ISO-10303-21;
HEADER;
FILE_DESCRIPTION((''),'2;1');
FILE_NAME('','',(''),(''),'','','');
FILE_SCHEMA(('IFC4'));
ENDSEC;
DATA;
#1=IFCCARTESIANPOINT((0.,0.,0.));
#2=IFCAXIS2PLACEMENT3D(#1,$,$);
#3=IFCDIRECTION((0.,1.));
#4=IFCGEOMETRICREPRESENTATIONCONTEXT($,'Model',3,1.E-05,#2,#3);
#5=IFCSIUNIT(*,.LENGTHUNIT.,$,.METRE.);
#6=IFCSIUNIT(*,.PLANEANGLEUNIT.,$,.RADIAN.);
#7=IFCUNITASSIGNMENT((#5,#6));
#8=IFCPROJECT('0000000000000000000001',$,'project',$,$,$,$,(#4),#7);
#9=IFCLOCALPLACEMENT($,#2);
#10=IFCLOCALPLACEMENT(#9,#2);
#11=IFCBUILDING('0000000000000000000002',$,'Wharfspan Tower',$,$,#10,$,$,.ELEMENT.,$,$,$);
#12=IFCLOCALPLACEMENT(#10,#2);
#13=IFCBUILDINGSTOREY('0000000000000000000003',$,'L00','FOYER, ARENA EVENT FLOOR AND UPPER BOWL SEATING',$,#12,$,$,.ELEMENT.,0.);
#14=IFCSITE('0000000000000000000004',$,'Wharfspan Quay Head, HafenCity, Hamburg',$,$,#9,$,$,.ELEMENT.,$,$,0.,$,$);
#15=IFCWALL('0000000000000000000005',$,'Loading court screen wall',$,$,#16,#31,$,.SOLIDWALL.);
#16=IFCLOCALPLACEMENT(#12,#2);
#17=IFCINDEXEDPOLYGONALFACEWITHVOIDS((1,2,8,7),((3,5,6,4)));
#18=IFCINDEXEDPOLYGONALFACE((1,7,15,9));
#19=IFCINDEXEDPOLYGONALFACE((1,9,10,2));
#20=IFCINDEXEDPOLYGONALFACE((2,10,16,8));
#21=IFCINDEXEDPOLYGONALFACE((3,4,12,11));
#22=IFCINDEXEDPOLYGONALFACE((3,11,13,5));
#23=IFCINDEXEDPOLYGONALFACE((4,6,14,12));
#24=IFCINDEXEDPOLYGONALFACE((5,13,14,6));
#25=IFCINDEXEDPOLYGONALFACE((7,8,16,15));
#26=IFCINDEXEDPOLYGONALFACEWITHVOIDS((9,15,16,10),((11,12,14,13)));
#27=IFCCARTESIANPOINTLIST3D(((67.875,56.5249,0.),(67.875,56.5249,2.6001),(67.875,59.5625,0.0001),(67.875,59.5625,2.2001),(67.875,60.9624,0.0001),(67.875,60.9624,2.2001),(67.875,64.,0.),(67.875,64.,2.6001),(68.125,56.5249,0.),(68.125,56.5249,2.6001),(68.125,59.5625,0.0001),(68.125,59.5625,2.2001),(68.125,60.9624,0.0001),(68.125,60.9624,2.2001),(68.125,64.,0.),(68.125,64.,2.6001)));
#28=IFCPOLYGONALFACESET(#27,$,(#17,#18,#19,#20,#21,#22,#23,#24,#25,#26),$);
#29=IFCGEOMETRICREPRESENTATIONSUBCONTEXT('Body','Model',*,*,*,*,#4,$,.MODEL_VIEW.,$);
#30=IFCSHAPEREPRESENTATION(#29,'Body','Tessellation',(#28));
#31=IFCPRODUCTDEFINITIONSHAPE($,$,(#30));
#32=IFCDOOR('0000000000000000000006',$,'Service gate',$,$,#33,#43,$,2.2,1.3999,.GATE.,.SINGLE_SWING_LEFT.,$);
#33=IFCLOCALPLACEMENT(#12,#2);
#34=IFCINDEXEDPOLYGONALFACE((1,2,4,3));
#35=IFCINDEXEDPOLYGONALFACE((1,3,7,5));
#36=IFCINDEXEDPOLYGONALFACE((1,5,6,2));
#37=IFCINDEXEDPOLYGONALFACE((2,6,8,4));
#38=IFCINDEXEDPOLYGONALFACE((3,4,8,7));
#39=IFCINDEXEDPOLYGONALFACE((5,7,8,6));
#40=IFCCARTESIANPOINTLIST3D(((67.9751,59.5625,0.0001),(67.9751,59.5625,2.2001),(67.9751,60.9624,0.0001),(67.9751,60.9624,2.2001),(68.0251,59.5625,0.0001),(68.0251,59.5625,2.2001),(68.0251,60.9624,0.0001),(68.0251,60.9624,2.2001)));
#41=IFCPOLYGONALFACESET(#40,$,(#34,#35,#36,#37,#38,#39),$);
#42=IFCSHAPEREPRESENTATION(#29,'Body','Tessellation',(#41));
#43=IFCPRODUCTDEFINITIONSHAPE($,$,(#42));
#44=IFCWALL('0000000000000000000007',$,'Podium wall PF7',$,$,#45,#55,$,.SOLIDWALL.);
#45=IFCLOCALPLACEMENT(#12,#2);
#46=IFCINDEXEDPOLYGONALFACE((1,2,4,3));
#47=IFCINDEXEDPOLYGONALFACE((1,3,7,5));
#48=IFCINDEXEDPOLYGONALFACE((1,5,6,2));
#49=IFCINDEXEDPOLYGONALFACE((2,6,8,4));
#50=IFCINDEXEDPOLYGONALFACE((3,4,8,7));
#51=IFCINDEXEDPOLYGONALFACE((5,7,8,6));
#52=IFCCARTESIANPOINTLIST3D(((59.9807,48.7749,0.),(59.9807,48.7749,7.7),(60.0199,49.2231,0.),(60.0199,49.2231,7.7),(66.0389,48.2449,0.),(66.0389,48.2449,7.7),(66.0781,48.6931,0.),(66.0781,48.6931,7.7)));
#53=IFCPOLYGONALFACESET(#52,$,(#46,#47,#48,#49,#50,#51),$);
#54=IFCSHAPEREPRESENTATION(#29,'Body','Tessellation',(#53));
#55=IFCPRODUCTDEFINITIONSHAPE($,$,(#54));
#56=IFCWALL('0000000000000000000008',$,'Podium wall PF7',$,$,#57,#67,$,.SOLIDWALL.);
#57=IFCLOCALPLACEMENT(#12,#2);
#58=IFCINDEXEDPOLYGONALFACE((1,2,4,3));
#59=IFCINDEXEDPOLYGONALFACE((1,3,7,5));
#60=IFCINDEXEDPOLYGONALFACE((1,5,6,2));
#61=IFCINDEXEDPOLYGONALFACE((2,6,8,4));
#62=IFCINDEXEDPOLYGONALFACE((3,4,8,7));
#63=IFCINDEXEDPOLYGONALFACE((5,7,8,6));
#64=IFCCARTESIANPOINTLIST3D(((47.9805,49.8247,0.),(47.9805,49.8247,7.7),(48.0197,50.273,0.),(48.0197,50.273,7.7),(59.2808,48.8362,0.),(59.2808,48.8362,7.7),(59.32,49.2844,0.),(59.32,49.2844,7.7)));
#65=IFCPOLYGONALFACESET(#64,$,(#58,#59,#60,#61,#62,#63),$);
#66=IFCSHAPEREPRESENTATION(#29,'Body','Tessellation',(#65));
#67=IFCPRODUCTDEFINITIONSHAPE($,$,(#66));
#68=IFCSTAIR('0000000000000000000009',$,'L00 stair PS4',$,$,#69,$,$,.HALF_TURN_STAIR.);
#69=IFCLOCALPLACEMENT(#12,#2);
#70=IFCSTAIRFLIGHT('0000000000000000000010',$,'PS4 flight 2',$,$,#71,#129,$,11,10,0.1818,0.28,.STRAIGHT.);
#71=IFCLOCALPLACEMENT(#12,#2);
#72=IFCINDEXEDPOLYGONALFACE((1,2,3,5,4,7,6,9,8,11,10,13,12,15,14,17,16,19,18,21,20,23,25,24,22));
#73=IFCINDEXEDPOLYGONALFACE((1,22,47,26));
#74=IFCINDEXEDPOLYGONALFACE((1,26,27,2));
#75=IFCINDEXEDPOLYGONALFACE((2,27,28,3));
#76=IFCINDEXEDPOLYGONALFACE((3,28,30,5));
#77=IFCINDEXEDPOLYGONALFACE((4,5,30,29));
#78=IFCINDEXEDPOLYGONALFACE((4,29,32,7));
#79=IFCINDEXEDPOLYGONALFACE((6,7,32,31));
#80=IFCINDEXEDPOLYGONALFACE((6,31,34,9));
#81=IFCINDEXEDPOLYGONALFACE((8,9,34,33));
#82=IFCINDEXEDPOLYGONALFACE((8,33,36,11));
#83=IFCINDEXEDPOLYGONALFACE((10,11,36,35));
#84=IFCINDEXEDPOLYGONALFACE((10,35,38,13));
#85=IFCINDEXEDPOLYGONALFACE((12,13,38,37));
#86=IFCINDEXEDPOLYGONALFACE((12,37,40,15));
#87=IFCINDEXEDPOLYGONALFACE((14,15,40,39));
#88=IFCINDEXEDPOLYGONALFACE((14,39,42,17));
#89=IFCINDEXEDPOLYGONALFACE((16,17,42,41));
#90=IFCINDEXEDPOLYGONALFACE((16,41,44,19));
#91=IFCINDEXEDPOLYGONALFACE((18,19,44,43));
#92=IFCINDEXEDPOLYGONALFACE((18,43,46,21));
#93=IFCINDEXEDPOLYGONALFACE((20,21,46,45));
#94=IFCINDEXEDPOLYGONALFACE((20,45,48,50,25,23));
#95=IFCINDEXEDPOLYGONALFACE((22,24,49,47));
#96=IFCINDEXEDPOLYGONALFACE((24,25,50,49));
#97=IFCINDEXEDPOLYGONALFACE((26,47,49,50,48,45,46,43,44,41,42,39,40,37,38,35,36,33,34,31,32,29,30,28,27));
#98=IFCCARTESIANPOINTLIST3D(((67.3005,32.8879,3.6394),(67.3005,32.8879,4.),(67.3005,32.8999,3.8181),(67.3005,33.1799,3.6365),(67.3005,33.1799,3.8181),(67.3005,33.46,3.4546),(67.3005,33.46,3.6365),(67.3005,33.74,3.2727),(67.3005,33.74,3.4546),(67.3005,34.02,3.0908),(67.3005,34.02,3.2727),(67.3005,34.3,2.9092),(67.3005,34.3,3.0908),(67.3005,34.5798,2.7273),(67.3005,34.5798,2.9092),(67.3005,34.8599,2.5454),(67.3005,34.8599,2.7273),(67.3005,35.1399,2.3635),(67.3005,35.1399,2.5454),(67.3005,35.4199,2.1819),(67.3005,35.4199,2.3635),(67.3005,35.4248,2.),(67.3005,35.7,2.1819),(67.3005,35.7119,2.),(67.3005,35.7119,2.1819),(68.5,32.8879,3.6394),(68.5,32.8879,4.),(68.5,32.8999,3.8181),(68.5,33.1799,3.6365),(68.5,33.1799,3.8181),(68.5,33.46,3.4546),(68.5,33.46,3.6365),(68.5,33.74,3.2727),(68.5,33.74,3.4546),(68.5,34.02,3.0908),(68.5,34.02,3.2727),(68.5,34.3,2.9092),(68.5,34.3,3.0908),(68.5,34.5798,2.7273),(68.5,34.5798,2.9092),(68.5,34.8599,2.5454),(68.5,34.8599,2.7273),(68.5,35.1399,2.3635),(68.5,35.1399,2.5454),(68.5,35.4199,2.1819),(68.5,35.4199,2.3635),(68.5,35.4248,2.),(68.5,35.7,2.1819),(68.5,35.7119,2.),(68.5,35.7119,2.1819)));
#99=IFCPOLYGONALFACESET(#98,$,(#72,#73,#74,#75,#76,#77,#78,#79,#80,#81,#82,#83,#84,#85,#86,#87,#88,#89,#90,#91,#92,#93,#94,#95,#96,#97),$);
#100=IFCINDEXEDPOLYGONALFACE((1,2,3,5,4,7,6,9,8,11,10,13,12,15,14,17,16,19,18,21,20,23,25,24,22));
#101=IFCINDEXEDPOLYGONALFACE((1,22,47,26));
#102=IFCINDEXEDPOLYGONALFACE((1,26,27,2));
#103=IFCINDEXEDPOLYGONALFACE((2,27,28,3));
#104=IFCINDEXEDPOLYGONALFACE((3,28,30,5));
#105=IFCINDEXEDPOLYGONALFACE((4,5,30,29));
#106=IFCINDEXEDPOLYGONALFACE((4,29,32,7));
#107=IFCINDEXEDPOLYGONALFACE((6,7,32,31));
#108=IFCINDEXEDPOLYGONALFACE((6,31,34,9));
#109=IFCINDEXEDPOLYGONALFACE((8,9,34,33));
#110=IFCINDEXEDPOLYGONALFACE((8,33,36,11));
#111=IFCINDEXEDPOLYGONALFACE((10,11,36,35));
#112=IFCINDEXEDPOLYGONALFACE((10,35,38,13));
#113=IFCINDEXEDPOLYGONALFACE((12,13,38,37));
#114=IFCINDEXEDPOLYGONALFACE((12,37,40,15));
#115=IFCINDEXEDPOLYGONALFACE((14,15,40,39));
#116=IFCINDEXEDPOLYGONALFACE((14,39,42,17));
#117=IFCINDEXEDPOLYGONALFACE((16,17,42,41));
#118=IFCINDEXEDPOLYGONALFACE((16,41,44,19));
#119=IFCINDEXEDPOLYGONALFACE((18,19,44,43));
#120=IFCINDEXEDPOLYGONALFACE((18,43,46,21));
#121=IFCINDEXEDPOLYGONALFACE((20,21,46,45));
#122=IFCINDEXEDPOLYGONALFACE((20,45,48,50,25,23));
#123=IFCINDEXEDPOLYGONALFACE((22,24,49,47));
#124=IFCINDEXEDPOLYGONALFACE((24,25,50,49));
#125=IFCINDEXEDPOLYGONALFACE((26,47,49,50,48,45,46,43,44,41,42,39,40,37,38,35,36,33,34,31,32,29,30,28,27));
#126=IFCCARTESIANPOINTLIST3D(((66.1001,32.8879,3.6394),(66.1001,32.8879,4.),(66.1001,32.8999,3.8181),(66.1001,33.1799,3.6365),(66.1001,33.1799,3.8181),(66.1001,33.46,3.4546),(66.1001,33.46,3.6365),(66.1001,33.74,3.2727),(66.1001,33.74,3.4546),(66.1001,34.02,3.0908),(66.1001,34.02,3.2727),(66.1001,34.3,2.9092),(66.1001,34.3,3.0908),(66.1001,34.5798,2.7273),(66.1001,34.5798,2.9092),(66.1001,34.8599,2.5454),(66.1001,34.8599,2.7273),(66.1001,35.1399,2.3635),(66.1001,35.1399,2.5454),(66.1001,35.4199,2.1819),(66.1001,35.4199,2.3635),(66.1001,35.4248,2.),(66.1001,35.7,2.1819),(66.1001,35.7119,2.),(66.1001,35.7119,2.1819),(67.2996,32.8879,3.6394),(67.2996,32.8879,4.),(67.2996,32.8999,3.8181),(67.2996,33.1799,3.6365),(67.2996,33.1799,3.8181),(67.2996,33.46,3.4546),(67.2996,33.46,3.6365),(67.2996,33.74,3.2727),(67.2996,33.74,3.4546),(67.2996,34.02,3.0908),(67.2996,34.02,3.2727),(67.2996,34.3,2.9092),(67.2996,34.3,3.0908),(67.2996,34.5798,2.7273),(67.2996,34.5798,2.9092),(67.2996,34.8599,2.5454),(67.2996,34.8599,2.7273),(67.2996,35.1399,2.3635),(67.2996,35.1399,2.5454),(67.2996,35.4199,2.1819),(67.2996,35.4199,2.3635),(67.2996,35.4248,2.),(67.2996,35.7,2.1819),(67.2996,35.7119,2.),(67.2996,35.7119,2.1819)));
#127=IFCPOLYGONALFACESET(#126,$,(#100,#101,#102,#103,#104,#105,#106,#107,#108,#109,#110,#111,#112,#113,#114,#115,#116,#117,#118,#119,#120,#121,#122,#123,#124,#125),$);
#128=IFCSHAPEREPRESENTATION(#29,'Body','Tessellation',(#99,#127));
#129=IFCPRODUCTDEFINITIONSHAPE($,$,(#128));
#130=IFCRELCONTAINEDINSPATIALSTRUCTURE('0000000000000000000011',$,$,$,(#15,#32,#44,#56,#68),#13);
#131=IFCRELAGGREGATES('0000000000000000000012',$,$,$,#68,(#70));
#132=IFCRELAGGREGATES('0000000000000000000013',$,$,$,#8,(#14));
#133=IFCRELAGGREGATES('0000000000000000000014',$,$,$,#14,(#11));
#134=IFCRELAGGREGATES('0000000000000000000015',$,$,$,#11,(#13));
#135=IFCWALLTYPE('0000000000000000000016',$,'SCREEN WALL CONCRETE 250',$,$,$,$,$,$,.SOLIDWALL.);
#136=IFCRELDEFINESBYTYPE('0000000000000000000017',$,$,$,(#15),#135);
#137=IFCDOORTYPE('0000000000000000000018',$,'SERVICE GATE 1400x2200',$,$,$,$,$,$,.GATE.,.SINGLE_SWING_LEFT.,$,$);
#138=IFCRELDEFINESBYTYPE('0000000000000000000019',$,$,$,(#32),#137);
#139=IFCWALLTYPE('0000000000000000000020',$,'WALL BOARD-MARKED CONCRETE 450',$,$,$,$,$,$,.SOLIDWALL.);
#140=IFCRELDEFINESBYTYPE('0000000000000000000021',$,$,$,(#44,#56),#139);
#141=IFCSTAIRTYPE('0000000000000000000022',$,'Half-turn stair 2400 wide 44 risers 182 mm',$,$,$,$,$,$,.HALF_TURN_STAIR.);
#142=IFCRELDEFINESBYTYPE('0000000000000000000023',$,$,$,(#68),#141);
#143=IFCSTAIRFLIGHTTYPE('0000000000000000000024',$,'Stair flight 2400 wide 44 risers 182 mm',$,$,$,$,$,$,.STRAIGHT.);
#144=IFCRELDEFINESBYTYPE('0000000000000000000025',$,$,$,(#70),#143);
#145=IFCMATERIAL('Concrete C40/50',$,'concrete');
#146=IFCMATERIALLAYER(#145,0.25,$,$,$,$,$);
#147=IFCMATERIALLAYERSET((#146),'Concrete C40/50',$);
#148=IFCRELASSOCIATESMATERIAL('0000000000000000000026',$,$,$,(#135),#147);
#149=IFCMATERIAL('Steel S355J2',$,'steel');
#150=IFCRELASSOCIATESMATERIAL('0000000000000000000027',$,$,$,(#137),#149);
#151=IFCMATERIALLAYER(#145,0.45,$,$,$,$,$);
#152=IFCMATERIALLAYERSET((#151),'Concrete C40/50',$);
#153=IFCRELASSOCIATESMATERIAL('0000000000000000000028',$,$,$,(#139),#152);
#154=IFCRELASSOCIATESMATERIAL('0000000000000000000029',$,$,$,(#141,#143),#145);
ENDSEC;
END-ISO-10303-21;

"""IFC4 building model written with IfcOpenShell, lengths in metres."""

from ifc_helpers import new_model, si_unit, direction, frame, frame_2d, origin, place, context, subcontext, project, spatial, polyline, rectangle, outline, extrude, material, layer, layer_set, type_object, element, fill, aggregate, save


model = new_model("IFC4")

# Units and contexts
model_context = context("Model", 3, precision=1e-05, world=origin(), true_north=direction((0.0, 1.0)))
body_context = subcontext(model_context, "Body", "Model", "MODEL_VIEW")
ifc_project = project(units=[si_unit("LENGTHUNIT", "METRE"), si_unit("PLANEANGLEUNIT", "RADIAN")], contexts=[model_context])

# Site, building, storey
site_placement = place(None, origin())
site = spatial("IfcSite", under=ifc_project, at=site_placement, Name="Wharfspan Quay Head, HafenCity, Hamburg", CompositionType="ELEMENT", RefElevation=0.0)
building_placement = place(site_placement, origin())
building = spatial("IfcBuilding", under=site, at=building_placement, Name="Wharfspan Tower", CompositionType="ELEMENT")
storey_placement = place(building_placement, origin())
storey = spatial("IfcBuildingStorey", under=building, at=storey_placement, Name="L00", Description="FOYER, ARENA EVENT FLOOR AND UPPER BOWL SEATING", CompositionType="ELEMENT", Elevation=0.0)

# Shared definitions
ifc_material_1 = material(Name="Steel S355J2", Category="steel")

# Shared definitions
ifc_material_2 = material(Name="Concrete C40/50", Category="concrete")

# Shared definitions
ifc_layer_1 = layer(ifc_material_2, 0.25)
ifc_layer_set_1 = layer_set([ifc_layer_1], Name="Concrete C40/50")
wall_type_1 = type_object("IfcWallType", Name="SCREEN WALL CONCRETE 250", PredefinedType="SOLIDWALL", material=ifc_layer_set_1)
door_type_1 = type_object("IfcDoorType", Name="SERVICE GATE 1400x2200", OperationType="SINGLE_SWING_LEFT", PredefinedType="GATE", material=ifc_material_1)

# Wall, opening, door
wall_1_placement = place(storey_placement, frame((68.0, 56.5249, 0.0), z_axis=(0.0, 0.0, 1.0), x_axis=(0.0, 1.0, 0.0)))
wall_1 = element("IfcWall", 1, at=wall_1_placement, inside=storey, type_object=wall_type_1, Name="Loading court screen wall", PredefinedType="SOLIDWALL", context=body_context, shape_type="SweptSolid", body=[
    extrude(rectangle(XDim=7.4751, YDim=0.25, at=frame_2d((3.7375, 0.0))), origin(), (0.0, 0.0, 1.0), 2.6001),
])
opening_1_placement = place(wall_1_placement, frame((3.0376, 0.0, 0.0)))
opening_1 = element("IfcOpeningElement", 2, at=opening_1_placement, cuts=wall_1, PredefinedType="OPENING", context=body_context, shape_type="SweptSolid", body=[
    extrude(rectangle(XDim=1.3999, YDim=2.2, at=frame_2d((0.7, 1.1001))), frame((0.0, 0.135, 0.0), z_axis=(0.0, -1.0, 0.0), x_axis=(1.0, 0.0, 0.0)), (0.0, 0.0, 1.0), 0.27),
])
door_1_placement = place(opening_1_placement, origin())
door_1 = element("IfcDoor", 3, at=door_1_placement, inside=storey, type_object=door_type_1, Name="Service gate", OperationType="SINGLE_SWING_LEFT", OverallHeight=2.2, OverallWidth=1.3999, PredefinedType="GATE", context=body_context, shape_type="SweptSolid", body=[
    extrude(rectangle(XDim=1.3999, YDim=2.2, at=frame_2d((0.7, 1.1001))), frame((0.0, 0.0249, 0.0), z_axis=(0.0, -1.0, 0.0), x_axis=(1.0, 0.0, 0.0)), (0.0, 0.0, 1.0), 0.05),
])
fill(opening_1, door_1)

# Shared definitions
ifc_layer_2 = layer(ifc_material_2, 0.45)
ifc_layer_set_2 = layer_set([ifc_layer_2], Name="Concrete C40/50")
wall_type_2 = type_object("IfcWallType", Name="WALL BOARD-MARKED CONCRETE 450", PredefinedType="SOLIDWALL", material=ifc_layer_set_2)

# Walls
wall_2_placement = place(storey_placement, frame((66.0584, 48.469, 0.0), z_axis=(0.0, 0.0, 1.0), x_axis=(-0.996195, 0.087158, 0.0)))
element("IfcWall", 4, at=wall_2_placement, inside=storey, type_object=wall_type_2, Name="Podium wall PF7", PredefinedType="SOLIDWALL", context=body_context, shape_type="SweptSolid", body=[
    extrude(rectangle(XDim=6.0813, YDim=0.45, at=frame_2d((3.0405, 0.0))), origin(), (0.0, 0.0, 1.0), 7.7),
])
wall_3_placement = place(storey_placement, frame((59.3005, 49.0603, 0.0), z_axis=(0.0, 0.0, 1.0), x_axis=(-0.996195, 0.087145, 0.0)))
element("IfcWall", 5, at=wall_3_placement, inside=storey, type_object=wall_type_2, Name="Podium wall PF7", PredefinedType="SOLIDWALL", context=body_context, shape_type="SweptSolid", body=[
    extrude(rectangle(XDim=11.3435, YDim=0.45, at=frame_2d((5.6719, 0.0))), origin(), (0.0, 0.0, 1.0), 7.7),
])

# Stair, stair flight
stair_type = type_object("IfcStairType", Name="Half-turn stair 2400 wide 44 risers 182 mm", PredefinedType="HALF_TURN_STAIR", material=ifc_material_2)
stair_placement = place(storey_placement, origin())
stair = element("IfcStair", 6, at=stair_placement, inside=storey, type_object=stair_type, Name="L00 stair PS4", PredefinedType="HALF_TURN_STAIR")
stair_flight_type = type_object("IfcStairFlightType", Name="Stair flight 2400 wide 44 risers 182 mm", PredefinedType="STRAIGHT", material=ifc_material_2)
stair_flight_1_placement = place(storey_placement, frame((67.3, 35.7, 2.0), z_axis=(0.0, 0.0, 1.0), x_axis=(0.0, -1.0, 0.0)))
stair_flight_1 = element("IfcStairFlight", 7, at=stair_flight_1_placement, type_object=stair_flight_type, Name="PS4 flight 2", NumberOfRisers=11, NumberOfTreads=10, PredefinedType="STRAIGHT", RiserHeight=0.1818, TreadLength=0.28, context=body_context, shape_type="SweptSolid", body=[
    extrude(outline(polyline([(-0.012, 0.0), (-0.012, 0.1819), (0.0, 0.1819), (0.28, 0.1819), (0.28, 0.3635), (0.5601, 0.3635), (0.5601, 0.5454), (0.8401, 0.5454), (0.8401, 0.7273), (1.1201, 0.7273), (1.1201, 0.9092), (1.3999, 0.9092), (1.3999, 1.0908), (1.6799, 1.0908), (1.6799, 1.2727), (1.96, 1.2727), (1.96, 1.4546), (2.24, 1.4546), (2.24, 1.6365), (2.52, 1.6365), (2.52, 1.8181), (2.8, 1.8181), (2.812, 2.0), (2.812, 1.6394), (0.2751, 0.0), (-0.012, 0.0)])), frame((0.0, 1.2, 0.0), z_axis=(0.0, -1.0, 0.0), x_axis=(1.0, 0.0, 0.0)), (0.0, 0.0, 1.0), 1.1995),
    extrude(outline(polyline([(-0.012, 0.0), (-0.012, 0.1819), (0.0, 0.1819), (0.28, 0.1819), (0.28, 0.3635), (0.5601, 0.3635), (0.5601, 0.5454), (0.8401, 0.5454), (0.8401, 0.7273), (1.1201, 0.7273), (1.1201, 0.9092), (1.3999, 0.9092), (1.3999, 1.0908), (1.6799, 1.0908), (1.6799, 1.2727), (1.96, 1.2727), (1.96, 1.4546), (2.24, 1.4546), (2.24, 1.6365), (2.52, 1.6365), (2.52, 1.8181), (2.8, 1.8181), (2.812, 2.0), (2.812, 1.6394), (0.2751, 0.0), (-0.012, 0.0)])), frame((0.0, -0.0005, 0.0), z_axis=(0.0, -1.0, 0.0), x_axis=(1.0, 0.0, 0.0)), (0.0, 0.0, 1.0), 1.1995),
])
aggregate(stair, [stair_flight_1])

save(model, "model.ifc")
